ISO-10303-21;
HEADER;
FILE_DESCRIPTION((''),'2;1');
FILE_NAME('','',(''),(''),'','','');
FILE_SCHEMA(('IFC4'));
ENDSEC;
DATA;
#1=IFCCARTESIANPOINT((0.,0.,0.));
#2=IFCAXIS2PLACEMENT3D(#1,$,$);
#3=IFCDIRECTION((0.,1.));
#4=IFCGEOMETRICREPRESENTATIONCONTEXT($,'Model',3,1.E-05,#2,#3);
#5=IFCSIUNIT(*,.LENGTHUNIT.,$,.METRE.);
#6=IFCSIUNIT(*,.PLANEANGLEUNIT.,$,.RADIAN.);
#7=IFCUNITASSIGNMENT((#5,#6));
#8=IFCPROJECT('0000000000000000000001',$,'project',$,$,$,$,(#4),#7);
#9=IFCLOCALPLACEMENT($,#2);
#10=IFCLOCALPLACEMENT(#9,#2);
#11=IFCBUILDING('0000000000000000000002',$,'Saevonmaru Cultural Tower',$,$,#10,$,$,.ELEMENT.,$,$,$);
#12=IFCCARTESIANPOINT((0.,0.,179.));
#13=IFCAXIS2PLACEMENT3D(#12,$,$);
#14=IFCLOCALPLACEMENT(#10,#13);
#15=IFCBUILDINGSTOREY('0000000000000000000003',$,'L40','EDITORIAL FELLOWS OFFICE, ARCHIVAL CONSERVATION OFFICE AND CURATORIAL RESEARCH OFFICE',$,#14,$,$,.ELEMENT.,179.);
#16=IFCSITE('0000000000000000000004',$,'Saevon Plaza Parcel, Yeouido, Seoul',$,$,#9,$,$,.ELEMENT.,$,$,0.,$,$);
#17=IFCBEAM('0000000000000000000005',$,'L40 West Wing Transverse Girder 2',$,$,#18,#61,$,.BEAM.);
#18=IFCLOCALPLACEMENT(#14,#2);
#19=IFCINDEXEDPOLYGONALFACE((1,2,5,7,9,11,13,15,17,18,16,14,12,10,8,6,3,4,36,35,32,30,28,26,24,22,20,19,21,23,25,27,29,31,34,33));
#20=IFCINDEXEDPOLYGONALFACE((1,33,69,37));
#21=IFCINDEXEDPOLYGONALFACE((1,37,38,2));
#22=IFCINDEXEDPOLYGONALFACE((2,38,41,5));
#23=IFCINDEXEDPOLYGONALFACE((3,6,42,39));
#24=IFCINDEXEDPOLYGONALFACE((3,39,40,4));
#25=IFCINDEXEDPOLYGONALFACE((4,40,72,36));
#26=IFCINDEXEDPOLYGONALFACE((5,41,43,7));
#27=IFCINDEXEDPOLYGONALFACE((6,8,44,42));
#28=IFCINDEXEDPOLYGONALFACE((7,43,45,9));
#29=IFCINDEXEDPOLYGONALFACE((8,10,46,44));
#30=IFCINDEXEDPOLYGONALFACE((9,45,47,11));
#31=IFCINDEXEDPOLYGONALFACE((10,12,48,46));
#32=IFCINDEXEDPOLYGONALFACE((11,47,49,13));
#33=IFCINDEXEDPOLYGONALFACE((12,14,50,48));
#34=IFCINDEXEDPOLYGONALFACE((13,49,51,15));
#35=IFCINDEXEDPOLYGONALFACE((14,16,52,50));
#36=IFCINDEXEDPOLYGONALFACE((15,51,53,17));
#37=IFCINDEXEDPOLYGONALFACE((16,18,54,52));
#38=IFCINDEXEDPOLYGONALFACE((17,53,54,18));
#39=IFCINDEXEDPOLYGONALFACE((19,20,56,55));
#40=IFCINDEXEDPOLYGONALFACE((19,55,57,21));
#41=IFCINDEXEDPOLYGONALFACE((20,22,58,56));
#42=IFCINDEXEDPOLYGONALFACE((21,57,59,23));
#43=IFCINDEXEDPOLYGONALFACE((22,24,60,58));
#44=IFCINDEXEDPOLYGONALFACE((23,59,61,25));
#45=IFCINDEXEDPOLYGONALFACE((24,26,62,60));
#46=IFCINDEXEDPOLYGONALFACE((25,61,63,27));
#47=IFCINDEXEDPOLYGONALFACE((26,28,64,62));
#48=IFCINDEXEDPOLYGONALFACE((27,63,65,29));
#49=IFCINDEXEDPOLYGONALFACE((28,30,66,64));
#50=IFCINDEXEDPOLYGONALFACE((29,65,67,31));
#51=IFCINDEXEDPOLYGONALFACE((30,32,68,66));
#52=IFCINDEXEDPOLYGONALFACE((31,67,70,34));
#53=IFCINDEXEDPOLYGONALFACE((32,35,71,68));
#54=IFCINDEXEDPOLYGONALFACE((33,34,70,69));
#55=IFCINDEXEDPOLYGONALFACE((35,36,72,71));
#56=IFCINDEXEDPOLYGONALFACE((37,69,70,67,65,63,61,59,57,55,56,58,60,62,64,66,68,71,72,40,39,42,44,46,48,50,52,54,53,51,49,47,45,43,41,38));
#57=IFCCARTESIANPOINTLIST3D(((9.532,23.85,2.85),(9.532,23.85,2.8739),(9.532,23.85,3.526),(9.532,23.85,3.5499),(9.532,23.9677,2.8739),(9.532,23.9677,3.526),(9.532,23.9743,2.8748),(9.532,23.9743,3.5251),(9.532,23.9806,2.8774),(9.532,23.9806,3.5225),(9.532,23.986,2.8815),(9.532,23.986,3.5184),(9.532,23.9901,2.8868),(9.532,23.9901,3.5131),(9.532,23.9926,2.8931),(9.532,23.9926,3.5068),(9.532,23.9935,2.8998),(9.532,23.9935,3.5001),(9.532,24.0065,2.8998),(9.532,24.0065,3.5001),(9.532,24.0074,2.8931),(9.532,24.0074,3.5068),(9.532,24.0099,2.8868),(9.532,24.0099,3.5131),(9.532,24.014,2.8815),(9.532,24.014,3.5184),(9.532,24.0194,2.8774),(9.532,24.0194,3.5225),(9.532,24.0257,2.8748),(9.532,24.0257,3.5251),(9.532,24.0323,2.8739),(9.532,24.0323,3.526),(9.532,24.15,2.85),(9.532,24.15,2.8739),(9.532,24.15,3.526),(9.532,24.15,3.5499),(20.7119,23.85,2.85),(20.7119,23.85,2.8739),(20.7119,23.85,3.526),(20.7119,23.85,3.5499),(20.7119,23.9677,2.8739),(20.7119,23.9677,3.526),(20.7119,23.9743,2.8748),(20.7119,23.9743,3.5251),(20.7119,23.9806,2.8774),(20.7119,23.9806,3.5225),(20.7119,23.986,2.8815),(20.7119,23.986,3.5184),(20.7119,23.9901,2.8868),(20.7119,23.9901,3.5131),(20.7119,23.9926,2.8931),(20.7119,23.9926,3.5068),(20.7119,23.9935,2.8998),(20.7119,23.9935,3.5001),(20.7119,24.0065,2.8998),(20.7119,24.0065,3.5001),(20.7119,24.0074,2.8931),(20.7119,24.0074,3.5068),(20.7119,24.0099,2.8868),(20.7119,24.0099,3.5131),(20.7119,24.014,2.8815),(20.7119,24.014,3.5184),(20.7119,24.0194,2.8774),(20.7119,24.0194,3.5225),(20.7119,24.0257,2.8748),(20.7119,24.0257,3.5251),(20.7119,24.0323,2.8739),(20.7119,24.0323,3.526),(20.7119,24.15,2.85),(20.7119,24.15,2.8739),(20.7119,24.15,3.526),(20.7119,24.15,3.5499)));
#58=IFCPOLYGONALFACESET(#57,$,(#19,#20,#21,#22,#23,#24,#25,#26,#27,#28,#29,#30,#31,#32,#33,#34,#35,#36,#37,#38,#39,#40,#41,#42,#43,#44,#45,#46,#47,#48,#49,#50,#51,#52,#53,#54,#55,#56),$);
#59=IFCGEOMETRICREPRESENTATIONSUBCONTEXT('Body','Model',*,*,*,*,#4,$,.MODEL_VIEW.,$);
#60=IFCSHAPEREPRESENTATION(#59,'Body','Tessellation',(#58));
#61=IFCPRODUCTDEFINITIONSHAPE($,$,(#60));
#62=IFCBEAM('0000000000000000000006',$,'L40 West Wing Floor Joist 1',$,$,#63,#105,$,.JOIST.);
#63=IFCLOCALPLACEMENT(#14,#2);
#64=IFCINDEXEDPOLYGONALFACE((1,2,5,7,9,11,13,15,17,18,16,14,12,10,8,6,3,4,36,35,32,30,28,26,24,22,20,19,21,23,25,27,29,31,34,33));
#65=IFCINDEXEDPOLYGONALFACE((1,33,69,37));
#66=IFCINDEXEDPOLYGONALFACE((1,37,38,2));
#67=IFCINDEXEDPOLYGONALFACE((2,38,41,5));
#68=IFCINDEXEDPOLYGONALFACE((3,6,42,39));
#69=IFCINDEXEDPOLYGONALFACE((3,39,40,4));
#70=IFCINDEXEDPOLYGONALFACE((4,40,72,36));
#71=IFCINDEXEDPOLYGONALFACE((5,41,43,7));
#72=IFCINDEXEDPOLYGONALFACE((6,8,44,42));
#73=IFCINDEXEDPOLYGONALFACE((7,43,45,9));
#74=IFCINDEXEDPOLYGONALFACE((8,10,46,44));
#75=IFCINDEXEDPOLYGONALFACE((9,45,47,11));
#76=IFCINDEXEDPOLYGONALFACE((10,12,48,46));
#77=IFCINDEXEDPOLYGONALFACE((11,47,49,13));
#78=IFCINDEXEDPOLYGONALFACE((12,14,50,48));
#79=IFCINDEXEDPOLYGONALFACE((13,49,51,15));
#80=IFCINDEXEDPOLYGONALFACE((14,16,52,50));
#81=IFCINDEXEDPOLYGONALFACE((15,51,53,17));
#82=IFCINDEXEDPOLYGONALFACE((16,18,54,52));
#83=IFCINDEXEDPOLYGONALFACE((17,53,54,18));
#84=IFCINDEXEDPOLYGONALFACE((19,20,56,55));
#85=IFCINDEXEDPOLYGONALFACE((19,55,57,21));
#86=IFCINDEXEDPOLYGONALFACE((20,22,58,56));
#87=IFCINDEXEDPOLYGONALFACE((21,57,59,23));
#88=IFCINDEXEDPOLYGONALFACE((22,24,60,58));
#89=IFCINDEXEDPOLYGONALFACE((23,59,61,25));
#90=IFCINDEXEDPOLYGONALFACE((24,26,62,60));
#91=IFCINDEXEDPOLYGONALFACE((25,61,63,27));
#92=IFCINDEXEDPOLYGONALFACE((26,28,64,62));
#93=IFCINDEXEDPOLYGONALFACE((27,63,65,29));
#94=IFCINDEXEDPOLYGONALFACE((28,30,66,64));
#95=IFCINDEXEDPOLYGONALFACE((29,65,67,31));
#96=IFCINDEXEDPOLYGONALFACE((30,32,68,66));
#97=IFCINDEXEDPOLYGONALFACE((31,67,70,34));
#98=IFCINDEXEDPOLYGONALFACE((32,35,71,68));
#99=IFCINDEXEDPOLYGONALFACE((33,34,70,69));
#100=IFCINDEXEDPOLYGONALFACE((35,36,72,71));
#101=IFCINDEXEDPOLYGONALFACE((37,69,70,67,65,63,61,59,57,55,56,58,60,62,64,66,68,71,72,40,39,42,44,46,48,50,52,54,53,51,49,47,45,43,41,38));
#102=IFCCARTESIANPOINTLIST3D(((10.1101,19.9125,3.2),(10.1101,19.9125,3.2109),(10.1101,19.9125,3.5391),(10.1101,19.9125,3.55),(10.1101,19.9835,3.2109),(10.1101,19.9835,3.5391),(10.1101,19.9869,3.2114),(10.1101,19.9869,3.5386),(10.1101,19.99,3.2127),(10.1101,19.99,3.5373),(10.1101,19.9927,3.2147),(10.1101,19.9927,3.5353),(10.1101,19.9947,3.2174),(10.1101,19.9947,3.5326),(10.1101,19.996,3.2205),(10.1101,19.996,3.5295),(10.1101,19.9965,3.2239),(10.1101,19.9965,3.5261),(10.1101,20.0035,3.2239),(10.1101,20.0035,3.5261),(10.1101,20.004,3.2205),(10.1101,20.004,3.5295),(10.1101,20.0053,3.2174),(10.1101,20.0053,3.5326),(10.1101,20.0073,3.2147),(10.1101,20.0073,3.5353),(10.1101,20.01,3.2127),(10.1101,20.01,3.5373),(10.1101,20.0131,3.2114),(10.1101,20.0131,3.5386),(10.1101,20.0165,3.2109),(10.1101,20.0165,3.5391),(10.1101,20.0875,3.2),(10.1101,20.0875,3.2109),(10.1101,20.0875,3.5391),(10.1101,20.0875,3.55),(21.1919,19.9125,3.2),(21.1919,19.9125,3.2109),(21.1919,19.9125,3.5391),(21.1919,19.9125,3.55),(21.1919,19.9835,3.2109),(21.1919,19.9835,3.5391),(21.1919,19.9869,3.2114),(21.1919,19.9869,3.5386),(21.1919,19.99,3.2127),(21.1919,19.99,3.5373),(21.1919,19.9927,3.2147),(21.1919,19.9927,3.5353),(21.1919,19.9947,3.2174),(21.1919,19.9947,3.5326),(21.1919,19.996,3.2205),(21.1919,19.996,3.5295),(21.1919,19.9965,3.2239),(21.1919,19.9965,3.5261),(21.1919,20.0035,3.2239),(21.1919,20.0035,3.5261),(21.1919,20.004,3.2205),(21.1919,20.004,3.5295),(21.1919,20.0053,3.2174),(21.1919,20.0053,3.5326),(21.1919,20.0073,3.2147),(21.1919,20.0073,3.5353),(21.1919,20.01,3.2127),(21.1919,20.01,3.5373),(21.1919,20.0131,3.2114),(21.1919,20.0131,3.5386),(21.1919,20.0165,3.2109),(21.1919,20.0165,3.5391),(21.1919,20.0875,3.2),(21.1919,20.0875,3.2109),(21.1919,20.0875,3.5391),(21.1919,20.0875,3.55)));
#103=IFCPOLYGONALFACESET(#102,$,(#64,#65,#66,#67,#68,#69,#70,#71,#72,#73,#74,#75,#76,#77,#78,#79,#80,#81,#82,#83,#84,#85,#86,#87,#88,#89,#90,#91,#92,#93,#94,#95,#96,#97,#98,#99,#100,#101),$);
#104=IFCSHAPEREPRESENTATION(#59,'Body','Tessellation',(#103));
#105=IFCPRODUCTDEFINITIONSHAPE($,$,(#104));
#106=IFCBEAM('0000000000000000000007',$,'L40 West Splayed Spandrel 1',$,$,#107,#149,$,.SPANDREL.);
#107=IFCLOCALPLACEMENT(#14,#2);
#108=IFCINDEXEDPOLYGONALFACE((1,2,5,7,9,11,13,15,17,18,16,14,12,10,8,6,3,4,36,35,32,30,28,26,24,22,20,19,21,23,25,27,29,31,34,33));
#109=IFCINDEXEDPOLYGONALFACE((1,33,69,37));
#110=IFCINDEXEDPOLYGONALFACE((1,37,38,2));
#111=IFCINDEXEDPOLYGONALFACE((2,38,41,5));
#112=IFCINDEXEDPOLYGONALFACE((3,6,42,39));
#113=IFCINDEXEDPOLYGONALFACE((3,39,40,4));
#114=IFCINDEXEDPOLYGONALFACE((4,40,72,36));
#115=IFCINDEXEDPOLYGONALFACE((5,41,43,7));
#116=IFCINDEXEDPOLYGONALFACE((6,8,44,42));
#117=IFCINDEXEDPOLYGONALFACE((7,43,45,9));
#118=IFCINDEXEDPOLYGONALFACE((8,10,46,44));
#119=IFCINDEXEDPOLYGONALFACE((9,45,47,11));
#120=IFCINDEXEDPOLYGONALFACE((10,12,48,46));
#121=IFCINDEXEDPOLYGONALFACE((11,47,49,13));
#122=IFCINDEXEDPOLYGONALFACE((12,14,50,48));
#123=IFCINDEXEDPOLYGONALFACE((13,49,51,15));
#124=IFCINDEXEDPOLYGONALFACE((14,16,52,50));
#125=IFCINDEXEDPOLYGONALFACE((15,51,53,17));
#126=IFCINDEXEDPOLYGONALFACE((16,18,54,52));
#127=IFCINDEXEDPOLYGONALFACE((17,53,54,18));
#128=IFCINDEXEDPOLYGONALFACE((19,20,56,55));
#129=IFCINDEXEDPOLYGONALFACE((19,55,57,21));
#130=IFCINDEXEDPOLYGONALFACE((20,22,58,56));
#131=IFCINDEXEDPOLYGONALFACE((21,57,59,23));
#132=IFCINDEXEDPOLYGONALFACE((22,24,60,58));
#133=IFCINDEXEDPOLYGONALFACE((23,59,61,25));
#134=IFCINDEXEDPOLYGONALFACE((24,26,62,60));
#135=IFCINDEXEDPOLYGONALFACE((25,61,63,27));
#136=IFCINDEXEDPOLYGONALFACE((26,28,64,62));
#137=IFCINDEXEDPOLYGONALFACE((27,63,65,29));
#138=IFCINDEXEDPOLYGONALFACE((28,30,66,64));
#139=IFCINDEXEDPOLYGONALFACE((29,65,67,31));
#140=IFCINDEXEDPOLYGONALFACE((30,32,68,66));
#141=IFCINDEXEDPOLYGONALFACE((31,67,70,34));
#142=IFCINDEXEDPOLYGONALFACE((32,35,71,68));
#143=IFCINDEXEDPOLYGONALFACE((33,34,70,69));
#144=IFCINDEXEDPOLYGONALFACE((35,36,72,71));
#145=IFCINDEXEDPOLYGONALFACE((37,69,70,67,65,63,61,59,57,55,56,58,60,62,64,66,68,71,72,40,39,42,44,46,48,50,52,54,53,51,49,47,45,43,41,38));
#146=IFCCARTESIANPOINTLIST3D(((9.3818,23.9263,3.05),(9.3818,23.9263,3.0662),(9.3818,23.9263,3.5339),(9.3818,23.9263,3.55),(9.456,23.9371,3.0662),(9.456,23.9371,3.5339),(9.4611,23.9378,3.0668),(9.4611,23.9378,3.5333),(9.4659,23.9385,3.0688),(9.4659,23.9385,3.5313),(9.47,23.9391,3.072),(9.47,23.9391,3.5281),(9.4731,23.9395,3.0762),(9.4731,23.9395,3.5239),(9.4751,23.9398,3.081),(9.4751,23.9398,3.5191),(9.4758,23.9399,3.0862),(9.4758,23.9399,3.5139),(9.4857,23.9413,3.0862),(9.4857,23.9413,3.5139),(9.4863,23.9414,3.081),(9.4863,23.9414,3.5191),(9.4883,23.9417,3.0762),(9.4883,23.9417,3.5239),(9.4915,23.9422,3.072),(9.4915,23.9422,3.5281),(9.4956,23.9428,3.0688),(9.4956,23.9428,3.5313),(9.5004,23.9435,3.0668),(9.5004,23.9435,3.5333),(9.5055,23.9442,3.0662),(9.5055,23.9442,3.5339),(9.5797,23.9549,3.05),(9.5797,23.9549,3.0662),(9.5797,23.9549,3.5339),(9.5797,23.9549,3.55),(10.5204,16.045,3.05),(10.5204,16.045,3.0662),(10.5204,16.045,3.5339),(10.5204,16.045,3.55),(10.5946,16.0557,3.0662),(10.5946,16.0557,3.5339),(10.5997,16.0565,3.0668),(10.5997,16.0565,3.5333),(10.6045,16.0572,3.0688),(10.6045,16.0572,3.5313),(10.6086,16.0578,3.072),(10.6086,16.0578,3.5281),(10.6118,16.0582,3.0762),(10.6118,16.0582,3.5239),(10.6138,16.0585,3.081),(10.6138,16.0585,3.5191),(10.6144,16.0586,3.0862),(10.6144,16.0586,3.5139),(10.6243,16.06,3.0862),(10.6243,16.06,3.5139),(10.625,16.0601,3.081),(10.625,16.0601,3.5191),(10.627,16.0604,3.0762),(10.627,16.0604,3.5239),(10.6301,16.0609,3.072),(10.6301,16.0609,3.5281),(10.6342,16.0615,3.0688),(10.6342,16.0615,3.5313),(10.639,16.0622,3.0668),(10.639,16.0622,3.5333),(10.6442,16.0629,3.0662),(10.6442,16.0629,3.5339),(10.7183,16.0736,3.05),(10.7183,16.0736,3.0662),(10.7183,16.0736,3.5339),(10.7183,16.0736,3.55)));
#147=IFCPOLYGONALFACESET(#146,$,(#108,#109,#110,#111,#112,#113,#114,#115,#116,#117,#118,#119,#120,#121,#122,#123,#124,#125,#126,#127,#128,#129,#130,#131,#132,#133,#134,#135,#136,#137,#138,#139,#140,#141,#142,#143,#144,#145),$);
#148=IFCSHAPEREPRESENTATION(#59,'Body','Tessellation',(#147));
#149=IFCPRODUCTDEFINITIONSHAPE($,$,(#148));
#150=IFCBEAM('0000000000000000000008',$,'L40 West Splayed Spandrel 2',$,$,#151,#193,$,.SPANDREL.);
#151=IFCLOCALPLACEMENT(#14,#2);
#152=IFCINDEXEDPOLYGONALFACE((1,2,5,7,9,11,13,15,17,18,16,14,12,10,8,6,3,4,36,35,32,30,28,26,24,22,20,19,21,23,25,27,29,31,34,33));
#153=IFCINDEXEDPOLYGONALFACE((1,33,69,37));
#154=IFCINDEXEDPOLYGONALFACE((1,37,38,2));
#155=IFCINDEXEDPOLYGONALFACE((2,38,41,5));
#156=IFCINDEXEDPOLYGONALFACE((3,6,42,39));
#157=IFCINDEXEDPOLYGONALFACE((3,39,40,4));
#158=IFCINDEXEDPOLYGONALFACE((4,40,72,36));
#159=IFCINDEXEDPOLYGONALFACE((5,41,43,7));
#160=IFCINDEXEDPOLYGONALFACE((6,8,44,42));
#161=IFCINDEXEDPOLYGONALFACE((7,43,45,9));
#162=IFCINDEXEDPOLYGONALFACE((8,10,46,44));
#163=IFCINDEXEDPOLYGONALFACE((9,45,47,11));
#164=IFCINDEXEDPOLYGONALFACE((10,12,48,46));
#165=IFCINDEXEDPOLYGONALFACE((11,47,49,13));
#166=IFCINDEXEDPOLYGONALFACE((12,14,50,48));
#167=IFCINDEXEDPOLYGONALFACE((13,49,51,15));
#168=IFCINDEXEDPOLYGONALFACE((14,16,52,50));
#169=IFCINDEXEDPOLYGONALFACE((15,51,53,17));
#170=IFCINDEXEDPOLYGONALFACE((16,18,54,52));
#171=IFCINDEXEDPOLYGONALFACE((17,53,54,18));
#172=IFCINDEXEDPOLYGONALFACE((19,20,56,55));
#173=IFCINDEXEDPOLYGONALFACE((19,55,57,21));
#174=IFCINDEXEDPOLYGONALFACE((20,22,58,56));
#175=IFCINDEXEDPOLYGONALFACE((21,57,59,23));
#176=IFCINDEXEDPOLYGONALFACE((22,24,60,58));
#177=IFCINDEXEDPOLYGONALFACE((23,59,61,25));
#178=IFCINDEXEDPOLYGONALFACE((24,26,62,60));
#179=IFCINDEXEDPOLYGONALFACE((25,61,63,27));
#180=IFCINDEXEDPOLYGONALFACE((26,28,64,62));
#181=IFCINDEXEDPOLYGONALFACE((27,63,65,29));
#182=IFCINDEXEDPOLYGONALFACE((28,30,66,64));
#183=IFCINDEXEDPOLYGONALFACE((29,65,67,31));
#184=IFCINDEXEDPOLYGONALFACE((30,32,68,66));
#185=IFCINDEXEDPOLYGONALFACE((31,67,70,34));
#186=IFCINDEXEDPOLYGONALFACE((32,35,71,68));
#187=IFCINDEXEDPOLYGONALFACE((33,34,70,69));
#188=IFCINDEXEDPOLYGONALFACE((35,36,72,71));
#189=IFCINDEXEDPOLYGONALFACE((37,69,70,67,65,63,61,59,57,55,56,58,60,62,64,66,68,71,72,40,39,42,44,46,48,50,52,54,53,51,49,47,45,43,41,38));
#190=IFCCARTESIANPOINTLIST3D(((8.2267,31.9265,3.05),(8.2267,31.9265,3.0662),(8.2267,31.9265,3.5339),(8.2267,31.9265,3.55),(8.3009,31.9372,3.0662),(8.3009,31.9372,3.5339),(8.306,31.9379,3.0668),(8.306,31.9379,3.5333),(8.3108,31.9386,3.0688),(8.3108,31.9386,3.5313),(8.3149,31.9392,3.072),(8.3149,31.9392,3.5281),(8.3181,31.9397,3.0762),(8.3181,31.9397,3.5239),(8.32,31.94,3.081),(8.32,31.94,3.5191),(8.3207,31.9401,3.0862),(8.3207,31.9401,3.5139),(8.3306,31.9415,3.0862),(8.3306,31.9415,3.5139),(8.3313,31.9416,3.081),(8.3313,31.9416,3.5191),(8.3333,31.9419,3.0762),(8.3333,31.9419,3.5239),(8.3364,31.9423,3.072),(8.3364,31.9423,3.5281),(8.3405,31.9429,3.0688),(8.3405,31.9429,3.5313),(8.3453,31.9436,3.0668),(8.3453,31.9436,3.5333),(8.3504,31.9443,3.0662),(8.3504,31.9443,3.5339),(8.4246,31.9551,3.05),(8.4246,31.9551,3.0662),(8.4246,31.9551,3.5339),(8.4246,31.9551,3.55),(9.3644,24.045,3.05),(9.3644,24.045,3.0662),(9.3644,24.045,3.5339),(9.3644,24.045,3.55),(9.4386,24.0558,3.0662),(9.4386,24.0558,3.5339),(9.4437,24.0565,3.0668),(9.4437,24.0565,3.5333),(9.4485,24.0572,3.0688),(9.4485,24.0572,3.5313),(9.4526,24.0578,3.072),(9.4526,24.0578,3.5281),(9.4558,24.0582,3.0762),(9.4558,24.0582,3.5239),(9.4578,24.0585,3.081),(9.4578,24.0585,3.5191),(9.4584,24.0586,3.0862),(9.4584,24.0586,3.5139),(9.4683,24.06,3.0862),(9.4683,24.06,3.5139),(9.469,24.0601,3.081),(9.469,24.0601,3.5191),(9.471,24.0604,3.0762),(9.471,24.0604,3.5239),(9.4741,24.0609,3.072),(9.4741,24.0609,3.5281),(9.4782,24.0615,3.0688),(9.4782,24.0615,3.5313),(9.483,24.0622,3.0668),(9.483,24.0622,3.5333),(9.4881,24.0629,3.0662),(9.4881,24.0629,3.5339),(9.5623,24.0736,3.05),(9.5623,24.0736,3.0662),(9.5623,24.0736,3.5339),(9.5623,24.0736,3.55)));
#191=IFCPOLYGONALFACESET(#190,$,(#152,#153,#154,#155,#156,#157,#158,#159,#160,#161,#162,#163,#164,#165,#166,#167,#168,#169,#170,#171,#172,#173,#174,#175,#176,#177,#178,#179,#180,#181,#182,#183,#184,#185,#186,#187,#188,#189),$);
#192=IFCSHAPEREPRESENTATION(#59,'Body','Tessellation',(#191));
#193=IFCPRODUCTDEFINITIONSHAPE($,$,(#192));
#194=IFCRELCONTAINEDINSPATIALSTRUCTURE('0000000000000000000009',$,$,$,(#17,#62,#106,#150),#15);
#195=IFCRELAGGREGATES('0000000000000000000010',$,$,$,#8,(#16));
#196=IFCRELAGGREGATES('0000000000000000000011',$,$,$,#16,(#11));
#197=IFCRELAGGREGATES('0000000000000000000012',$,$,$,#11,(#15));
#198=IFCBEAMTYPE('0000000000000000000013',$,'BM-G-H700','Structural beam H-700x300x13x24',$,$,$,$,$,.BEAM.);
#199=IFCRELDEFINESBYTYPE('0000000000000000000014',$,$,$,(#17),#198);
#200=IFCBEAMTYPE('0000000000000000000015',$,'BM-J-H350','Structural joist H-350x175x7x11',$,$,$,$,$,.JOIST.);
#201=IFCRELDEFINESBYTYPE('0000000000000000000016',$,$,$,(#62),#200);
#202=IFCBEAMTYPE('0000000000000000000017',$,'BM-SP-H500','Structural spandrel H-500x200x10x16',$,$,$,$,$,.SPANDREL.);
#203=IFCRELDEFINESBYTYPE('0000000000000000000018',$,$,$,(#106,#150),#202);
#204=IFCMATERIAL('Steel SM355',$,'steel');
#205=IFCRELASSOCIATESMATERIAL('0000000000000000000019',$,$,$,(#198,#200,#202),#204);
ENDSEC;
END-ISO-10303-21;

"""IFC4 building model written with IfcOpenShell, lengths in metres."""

from ifc_helpers import new_model, si_unit, direction, frame, origin, origin_2d, place, context, subcontext, project, spatial, i_section, extrude, material, material_profile, profile_set, type_object, element, save


model = new_model("IFC4")

# Units and contexts
model_context = context("Model", 3, precision=1e-05, world=origin(), true_north=direction((0.0, 1.0)))
body_context = subcontext(model_context, "Body", "Model", "MODEL_VIEW")
ifc_project = project(units=[si_unit("LENGTHUNIT", "METRE"), si_unit("PLANEANGLEUNIT", "RADIAN")], contexts=[model_context])

# Site, building, storey
site_placement = place(None, origin())
site = spatial("IfcSite", under=ifc_project, at=site_placement, Name="Saevon Plaza Parcel, Yeouido, Seoul", CompositionType="ELEMENT", RefElevation=0.0)
building_placement = place(site_placement, origin())
building = spatial("IfcBuilding", under=site, at=building_placement, Name="Saevonmaru Cultural Tower", CompositionType="ELEMENT")
storey_placement = place(building_placement, frame((0.0, 0.0, 179.0)))
storey = spatial("IfcBuildingStorey", under=building, at=storey_placement, Name="L40", Description="EDITORIAL FELLOWS OFFICE, ARCHIVAL CONSERVATION OFFICE AND CURATORIAL RESEARCH OFFICE", CompositionType="ELEMENT", Elevation=179.0)

# Shared definitions
ifc_material_1 = material(Name="Steel SM355", Category="steel")

# Beams
ifc_material_profile_1 = material_profile(ifc_material_1, i_section(OverallWidth=0.3, OverallDepth=0.7, WebThickness=0.0129, FlangeThickness=0.0239, FilletRadius=0.0259, at=origin_2d()), Name="H-700x300x13x24")
ifc_profile_set_1 = profile_set([ifc_material_profile_1], Name="Steel SM355")
beam_type_1 = type_object("IfcBeamType", Name="BM-G-H700", Description="Structural beam H-700x300x13x24", PredefinedType="BEAM", material=ifc_profile_set_1)
for number, where, z_axis, x_axis, name in (
    (1, (9.532, 24.0, 3.2), (1.0, 0.0, 0.0), (0.0, 1.0, 0.0), "L40 West Wing Transverse Girder 2"),
):
    element("IfcBeam", number, at=place(storey_placement, frame(where, z_axis=z_axis, x_axis=x_axis)), inside=storey, type_object=beam_type_1, Name=name, PredefinedType="BEAM", context=body_context, shape_type="SweptSolid", body=[
        extrude(i_section(OverallWidth=0.3, OverallDepth=0.7, WebThickness=0.0129, FlangeThickness=0.0239, FilletRadius=0.0259, at=origin_2d()), origin(), (0.0, 0.0, 1.0), 11.1799),
    ])
ifc_material_profile_2 = material_profile(ifc_material_1, i_section(OverallWidth=0.175, OverallDepth=0.3501, WebThickness=0.0071, FlangeThickness=0.011, FilletRadius=0.0129, at=origin_2d()), Name="H-350x175x7x11")
ifc_profile_set_2 = profile_set([ifc_material_profile_2], Name="Steel SM355")
beam_type_2 = type_object("IfcBeamType", Name="BM-J-H350", Description="Structural joist H-350x175x7x11", PredefinedType="JOIST", material=ifc_profile_set_2)
beam_1_placement = place(storey_placement, frame((10.1101, 20.0, 3.375), z_axis=(1.0, 0.0, 0.0), x_axis=(0.0, 1.0, 0.0)))
element("IfcBeam", 2, at=beam_1_placement, inside=storey, type_object=beam_type_2, Name="L40 West Wing Floor Joist 1", PredefinedType="JOIST", context=body_context, shape_type="SweptSolid", body=[
    extrude(i_section(OverallWidth=0.175, OverallDepth=0.3501, WebThickness=0.0071, FlangeThickness=0.011, FilletRadius=0.0129, at=origin_2d()), origin(), (0.0, 0.0, 1.0), 11.0818),
])
ifc_material_profile_3 = material_profile(ifc_material_1, i_section(OverallWidth=0.2, OverallDepth=0.5, WebThickness=0.01, FlangeThickness=0.0161, FilletRadius=0.02, at=origin_2d()), Name="H-500x200x10x16")
ifc_profile_set_3 = profile_set([ifc_material_profile_3], Name="Steel SM355")
beam_type_3 = type_object("IfcBeamType", Name="BM-SP-H500", Description="Structural spandrel H-500x200x10x16", PredefinedType="SPANDREL", material=ifc_profile_set_3)
for number, where, z_axis, x_axis, name in (
    (3, (10.6194, 16.0593, 3.3), (-0.142992, 0.989724, 0.0), (-0.989724, -0.142992, 0.0), "L40 West Splayed Spandrel 1"),
    (4, (9.4634, 24.0593, 3.3), (-0.142872, 0.989741, 0.0), (-0.989741, -0.142872, 0.0), "L40 West Splayed Spandrel 2"),
):
    element("IfcBeam", number, at=place(storey_placement, frame(where, z_axis=z_axis, x_axis=x_axis)), inside=storey, type_object=beam_type_3, Name=name, PredefinedType="SPANDREL", context=body_context, shape_type="SweptSolid", body=[
        extrude(i_section(OverallWidth=0.2, OverallDepth=0.5, WebThickness=0.01, FlangeThickness=0.0161, FilletRadius=0.02, at=origin_2d()), origin(), (0.0, 0.0, 1.0), 7.9631),
    ])

save(model, "model.ifc")
